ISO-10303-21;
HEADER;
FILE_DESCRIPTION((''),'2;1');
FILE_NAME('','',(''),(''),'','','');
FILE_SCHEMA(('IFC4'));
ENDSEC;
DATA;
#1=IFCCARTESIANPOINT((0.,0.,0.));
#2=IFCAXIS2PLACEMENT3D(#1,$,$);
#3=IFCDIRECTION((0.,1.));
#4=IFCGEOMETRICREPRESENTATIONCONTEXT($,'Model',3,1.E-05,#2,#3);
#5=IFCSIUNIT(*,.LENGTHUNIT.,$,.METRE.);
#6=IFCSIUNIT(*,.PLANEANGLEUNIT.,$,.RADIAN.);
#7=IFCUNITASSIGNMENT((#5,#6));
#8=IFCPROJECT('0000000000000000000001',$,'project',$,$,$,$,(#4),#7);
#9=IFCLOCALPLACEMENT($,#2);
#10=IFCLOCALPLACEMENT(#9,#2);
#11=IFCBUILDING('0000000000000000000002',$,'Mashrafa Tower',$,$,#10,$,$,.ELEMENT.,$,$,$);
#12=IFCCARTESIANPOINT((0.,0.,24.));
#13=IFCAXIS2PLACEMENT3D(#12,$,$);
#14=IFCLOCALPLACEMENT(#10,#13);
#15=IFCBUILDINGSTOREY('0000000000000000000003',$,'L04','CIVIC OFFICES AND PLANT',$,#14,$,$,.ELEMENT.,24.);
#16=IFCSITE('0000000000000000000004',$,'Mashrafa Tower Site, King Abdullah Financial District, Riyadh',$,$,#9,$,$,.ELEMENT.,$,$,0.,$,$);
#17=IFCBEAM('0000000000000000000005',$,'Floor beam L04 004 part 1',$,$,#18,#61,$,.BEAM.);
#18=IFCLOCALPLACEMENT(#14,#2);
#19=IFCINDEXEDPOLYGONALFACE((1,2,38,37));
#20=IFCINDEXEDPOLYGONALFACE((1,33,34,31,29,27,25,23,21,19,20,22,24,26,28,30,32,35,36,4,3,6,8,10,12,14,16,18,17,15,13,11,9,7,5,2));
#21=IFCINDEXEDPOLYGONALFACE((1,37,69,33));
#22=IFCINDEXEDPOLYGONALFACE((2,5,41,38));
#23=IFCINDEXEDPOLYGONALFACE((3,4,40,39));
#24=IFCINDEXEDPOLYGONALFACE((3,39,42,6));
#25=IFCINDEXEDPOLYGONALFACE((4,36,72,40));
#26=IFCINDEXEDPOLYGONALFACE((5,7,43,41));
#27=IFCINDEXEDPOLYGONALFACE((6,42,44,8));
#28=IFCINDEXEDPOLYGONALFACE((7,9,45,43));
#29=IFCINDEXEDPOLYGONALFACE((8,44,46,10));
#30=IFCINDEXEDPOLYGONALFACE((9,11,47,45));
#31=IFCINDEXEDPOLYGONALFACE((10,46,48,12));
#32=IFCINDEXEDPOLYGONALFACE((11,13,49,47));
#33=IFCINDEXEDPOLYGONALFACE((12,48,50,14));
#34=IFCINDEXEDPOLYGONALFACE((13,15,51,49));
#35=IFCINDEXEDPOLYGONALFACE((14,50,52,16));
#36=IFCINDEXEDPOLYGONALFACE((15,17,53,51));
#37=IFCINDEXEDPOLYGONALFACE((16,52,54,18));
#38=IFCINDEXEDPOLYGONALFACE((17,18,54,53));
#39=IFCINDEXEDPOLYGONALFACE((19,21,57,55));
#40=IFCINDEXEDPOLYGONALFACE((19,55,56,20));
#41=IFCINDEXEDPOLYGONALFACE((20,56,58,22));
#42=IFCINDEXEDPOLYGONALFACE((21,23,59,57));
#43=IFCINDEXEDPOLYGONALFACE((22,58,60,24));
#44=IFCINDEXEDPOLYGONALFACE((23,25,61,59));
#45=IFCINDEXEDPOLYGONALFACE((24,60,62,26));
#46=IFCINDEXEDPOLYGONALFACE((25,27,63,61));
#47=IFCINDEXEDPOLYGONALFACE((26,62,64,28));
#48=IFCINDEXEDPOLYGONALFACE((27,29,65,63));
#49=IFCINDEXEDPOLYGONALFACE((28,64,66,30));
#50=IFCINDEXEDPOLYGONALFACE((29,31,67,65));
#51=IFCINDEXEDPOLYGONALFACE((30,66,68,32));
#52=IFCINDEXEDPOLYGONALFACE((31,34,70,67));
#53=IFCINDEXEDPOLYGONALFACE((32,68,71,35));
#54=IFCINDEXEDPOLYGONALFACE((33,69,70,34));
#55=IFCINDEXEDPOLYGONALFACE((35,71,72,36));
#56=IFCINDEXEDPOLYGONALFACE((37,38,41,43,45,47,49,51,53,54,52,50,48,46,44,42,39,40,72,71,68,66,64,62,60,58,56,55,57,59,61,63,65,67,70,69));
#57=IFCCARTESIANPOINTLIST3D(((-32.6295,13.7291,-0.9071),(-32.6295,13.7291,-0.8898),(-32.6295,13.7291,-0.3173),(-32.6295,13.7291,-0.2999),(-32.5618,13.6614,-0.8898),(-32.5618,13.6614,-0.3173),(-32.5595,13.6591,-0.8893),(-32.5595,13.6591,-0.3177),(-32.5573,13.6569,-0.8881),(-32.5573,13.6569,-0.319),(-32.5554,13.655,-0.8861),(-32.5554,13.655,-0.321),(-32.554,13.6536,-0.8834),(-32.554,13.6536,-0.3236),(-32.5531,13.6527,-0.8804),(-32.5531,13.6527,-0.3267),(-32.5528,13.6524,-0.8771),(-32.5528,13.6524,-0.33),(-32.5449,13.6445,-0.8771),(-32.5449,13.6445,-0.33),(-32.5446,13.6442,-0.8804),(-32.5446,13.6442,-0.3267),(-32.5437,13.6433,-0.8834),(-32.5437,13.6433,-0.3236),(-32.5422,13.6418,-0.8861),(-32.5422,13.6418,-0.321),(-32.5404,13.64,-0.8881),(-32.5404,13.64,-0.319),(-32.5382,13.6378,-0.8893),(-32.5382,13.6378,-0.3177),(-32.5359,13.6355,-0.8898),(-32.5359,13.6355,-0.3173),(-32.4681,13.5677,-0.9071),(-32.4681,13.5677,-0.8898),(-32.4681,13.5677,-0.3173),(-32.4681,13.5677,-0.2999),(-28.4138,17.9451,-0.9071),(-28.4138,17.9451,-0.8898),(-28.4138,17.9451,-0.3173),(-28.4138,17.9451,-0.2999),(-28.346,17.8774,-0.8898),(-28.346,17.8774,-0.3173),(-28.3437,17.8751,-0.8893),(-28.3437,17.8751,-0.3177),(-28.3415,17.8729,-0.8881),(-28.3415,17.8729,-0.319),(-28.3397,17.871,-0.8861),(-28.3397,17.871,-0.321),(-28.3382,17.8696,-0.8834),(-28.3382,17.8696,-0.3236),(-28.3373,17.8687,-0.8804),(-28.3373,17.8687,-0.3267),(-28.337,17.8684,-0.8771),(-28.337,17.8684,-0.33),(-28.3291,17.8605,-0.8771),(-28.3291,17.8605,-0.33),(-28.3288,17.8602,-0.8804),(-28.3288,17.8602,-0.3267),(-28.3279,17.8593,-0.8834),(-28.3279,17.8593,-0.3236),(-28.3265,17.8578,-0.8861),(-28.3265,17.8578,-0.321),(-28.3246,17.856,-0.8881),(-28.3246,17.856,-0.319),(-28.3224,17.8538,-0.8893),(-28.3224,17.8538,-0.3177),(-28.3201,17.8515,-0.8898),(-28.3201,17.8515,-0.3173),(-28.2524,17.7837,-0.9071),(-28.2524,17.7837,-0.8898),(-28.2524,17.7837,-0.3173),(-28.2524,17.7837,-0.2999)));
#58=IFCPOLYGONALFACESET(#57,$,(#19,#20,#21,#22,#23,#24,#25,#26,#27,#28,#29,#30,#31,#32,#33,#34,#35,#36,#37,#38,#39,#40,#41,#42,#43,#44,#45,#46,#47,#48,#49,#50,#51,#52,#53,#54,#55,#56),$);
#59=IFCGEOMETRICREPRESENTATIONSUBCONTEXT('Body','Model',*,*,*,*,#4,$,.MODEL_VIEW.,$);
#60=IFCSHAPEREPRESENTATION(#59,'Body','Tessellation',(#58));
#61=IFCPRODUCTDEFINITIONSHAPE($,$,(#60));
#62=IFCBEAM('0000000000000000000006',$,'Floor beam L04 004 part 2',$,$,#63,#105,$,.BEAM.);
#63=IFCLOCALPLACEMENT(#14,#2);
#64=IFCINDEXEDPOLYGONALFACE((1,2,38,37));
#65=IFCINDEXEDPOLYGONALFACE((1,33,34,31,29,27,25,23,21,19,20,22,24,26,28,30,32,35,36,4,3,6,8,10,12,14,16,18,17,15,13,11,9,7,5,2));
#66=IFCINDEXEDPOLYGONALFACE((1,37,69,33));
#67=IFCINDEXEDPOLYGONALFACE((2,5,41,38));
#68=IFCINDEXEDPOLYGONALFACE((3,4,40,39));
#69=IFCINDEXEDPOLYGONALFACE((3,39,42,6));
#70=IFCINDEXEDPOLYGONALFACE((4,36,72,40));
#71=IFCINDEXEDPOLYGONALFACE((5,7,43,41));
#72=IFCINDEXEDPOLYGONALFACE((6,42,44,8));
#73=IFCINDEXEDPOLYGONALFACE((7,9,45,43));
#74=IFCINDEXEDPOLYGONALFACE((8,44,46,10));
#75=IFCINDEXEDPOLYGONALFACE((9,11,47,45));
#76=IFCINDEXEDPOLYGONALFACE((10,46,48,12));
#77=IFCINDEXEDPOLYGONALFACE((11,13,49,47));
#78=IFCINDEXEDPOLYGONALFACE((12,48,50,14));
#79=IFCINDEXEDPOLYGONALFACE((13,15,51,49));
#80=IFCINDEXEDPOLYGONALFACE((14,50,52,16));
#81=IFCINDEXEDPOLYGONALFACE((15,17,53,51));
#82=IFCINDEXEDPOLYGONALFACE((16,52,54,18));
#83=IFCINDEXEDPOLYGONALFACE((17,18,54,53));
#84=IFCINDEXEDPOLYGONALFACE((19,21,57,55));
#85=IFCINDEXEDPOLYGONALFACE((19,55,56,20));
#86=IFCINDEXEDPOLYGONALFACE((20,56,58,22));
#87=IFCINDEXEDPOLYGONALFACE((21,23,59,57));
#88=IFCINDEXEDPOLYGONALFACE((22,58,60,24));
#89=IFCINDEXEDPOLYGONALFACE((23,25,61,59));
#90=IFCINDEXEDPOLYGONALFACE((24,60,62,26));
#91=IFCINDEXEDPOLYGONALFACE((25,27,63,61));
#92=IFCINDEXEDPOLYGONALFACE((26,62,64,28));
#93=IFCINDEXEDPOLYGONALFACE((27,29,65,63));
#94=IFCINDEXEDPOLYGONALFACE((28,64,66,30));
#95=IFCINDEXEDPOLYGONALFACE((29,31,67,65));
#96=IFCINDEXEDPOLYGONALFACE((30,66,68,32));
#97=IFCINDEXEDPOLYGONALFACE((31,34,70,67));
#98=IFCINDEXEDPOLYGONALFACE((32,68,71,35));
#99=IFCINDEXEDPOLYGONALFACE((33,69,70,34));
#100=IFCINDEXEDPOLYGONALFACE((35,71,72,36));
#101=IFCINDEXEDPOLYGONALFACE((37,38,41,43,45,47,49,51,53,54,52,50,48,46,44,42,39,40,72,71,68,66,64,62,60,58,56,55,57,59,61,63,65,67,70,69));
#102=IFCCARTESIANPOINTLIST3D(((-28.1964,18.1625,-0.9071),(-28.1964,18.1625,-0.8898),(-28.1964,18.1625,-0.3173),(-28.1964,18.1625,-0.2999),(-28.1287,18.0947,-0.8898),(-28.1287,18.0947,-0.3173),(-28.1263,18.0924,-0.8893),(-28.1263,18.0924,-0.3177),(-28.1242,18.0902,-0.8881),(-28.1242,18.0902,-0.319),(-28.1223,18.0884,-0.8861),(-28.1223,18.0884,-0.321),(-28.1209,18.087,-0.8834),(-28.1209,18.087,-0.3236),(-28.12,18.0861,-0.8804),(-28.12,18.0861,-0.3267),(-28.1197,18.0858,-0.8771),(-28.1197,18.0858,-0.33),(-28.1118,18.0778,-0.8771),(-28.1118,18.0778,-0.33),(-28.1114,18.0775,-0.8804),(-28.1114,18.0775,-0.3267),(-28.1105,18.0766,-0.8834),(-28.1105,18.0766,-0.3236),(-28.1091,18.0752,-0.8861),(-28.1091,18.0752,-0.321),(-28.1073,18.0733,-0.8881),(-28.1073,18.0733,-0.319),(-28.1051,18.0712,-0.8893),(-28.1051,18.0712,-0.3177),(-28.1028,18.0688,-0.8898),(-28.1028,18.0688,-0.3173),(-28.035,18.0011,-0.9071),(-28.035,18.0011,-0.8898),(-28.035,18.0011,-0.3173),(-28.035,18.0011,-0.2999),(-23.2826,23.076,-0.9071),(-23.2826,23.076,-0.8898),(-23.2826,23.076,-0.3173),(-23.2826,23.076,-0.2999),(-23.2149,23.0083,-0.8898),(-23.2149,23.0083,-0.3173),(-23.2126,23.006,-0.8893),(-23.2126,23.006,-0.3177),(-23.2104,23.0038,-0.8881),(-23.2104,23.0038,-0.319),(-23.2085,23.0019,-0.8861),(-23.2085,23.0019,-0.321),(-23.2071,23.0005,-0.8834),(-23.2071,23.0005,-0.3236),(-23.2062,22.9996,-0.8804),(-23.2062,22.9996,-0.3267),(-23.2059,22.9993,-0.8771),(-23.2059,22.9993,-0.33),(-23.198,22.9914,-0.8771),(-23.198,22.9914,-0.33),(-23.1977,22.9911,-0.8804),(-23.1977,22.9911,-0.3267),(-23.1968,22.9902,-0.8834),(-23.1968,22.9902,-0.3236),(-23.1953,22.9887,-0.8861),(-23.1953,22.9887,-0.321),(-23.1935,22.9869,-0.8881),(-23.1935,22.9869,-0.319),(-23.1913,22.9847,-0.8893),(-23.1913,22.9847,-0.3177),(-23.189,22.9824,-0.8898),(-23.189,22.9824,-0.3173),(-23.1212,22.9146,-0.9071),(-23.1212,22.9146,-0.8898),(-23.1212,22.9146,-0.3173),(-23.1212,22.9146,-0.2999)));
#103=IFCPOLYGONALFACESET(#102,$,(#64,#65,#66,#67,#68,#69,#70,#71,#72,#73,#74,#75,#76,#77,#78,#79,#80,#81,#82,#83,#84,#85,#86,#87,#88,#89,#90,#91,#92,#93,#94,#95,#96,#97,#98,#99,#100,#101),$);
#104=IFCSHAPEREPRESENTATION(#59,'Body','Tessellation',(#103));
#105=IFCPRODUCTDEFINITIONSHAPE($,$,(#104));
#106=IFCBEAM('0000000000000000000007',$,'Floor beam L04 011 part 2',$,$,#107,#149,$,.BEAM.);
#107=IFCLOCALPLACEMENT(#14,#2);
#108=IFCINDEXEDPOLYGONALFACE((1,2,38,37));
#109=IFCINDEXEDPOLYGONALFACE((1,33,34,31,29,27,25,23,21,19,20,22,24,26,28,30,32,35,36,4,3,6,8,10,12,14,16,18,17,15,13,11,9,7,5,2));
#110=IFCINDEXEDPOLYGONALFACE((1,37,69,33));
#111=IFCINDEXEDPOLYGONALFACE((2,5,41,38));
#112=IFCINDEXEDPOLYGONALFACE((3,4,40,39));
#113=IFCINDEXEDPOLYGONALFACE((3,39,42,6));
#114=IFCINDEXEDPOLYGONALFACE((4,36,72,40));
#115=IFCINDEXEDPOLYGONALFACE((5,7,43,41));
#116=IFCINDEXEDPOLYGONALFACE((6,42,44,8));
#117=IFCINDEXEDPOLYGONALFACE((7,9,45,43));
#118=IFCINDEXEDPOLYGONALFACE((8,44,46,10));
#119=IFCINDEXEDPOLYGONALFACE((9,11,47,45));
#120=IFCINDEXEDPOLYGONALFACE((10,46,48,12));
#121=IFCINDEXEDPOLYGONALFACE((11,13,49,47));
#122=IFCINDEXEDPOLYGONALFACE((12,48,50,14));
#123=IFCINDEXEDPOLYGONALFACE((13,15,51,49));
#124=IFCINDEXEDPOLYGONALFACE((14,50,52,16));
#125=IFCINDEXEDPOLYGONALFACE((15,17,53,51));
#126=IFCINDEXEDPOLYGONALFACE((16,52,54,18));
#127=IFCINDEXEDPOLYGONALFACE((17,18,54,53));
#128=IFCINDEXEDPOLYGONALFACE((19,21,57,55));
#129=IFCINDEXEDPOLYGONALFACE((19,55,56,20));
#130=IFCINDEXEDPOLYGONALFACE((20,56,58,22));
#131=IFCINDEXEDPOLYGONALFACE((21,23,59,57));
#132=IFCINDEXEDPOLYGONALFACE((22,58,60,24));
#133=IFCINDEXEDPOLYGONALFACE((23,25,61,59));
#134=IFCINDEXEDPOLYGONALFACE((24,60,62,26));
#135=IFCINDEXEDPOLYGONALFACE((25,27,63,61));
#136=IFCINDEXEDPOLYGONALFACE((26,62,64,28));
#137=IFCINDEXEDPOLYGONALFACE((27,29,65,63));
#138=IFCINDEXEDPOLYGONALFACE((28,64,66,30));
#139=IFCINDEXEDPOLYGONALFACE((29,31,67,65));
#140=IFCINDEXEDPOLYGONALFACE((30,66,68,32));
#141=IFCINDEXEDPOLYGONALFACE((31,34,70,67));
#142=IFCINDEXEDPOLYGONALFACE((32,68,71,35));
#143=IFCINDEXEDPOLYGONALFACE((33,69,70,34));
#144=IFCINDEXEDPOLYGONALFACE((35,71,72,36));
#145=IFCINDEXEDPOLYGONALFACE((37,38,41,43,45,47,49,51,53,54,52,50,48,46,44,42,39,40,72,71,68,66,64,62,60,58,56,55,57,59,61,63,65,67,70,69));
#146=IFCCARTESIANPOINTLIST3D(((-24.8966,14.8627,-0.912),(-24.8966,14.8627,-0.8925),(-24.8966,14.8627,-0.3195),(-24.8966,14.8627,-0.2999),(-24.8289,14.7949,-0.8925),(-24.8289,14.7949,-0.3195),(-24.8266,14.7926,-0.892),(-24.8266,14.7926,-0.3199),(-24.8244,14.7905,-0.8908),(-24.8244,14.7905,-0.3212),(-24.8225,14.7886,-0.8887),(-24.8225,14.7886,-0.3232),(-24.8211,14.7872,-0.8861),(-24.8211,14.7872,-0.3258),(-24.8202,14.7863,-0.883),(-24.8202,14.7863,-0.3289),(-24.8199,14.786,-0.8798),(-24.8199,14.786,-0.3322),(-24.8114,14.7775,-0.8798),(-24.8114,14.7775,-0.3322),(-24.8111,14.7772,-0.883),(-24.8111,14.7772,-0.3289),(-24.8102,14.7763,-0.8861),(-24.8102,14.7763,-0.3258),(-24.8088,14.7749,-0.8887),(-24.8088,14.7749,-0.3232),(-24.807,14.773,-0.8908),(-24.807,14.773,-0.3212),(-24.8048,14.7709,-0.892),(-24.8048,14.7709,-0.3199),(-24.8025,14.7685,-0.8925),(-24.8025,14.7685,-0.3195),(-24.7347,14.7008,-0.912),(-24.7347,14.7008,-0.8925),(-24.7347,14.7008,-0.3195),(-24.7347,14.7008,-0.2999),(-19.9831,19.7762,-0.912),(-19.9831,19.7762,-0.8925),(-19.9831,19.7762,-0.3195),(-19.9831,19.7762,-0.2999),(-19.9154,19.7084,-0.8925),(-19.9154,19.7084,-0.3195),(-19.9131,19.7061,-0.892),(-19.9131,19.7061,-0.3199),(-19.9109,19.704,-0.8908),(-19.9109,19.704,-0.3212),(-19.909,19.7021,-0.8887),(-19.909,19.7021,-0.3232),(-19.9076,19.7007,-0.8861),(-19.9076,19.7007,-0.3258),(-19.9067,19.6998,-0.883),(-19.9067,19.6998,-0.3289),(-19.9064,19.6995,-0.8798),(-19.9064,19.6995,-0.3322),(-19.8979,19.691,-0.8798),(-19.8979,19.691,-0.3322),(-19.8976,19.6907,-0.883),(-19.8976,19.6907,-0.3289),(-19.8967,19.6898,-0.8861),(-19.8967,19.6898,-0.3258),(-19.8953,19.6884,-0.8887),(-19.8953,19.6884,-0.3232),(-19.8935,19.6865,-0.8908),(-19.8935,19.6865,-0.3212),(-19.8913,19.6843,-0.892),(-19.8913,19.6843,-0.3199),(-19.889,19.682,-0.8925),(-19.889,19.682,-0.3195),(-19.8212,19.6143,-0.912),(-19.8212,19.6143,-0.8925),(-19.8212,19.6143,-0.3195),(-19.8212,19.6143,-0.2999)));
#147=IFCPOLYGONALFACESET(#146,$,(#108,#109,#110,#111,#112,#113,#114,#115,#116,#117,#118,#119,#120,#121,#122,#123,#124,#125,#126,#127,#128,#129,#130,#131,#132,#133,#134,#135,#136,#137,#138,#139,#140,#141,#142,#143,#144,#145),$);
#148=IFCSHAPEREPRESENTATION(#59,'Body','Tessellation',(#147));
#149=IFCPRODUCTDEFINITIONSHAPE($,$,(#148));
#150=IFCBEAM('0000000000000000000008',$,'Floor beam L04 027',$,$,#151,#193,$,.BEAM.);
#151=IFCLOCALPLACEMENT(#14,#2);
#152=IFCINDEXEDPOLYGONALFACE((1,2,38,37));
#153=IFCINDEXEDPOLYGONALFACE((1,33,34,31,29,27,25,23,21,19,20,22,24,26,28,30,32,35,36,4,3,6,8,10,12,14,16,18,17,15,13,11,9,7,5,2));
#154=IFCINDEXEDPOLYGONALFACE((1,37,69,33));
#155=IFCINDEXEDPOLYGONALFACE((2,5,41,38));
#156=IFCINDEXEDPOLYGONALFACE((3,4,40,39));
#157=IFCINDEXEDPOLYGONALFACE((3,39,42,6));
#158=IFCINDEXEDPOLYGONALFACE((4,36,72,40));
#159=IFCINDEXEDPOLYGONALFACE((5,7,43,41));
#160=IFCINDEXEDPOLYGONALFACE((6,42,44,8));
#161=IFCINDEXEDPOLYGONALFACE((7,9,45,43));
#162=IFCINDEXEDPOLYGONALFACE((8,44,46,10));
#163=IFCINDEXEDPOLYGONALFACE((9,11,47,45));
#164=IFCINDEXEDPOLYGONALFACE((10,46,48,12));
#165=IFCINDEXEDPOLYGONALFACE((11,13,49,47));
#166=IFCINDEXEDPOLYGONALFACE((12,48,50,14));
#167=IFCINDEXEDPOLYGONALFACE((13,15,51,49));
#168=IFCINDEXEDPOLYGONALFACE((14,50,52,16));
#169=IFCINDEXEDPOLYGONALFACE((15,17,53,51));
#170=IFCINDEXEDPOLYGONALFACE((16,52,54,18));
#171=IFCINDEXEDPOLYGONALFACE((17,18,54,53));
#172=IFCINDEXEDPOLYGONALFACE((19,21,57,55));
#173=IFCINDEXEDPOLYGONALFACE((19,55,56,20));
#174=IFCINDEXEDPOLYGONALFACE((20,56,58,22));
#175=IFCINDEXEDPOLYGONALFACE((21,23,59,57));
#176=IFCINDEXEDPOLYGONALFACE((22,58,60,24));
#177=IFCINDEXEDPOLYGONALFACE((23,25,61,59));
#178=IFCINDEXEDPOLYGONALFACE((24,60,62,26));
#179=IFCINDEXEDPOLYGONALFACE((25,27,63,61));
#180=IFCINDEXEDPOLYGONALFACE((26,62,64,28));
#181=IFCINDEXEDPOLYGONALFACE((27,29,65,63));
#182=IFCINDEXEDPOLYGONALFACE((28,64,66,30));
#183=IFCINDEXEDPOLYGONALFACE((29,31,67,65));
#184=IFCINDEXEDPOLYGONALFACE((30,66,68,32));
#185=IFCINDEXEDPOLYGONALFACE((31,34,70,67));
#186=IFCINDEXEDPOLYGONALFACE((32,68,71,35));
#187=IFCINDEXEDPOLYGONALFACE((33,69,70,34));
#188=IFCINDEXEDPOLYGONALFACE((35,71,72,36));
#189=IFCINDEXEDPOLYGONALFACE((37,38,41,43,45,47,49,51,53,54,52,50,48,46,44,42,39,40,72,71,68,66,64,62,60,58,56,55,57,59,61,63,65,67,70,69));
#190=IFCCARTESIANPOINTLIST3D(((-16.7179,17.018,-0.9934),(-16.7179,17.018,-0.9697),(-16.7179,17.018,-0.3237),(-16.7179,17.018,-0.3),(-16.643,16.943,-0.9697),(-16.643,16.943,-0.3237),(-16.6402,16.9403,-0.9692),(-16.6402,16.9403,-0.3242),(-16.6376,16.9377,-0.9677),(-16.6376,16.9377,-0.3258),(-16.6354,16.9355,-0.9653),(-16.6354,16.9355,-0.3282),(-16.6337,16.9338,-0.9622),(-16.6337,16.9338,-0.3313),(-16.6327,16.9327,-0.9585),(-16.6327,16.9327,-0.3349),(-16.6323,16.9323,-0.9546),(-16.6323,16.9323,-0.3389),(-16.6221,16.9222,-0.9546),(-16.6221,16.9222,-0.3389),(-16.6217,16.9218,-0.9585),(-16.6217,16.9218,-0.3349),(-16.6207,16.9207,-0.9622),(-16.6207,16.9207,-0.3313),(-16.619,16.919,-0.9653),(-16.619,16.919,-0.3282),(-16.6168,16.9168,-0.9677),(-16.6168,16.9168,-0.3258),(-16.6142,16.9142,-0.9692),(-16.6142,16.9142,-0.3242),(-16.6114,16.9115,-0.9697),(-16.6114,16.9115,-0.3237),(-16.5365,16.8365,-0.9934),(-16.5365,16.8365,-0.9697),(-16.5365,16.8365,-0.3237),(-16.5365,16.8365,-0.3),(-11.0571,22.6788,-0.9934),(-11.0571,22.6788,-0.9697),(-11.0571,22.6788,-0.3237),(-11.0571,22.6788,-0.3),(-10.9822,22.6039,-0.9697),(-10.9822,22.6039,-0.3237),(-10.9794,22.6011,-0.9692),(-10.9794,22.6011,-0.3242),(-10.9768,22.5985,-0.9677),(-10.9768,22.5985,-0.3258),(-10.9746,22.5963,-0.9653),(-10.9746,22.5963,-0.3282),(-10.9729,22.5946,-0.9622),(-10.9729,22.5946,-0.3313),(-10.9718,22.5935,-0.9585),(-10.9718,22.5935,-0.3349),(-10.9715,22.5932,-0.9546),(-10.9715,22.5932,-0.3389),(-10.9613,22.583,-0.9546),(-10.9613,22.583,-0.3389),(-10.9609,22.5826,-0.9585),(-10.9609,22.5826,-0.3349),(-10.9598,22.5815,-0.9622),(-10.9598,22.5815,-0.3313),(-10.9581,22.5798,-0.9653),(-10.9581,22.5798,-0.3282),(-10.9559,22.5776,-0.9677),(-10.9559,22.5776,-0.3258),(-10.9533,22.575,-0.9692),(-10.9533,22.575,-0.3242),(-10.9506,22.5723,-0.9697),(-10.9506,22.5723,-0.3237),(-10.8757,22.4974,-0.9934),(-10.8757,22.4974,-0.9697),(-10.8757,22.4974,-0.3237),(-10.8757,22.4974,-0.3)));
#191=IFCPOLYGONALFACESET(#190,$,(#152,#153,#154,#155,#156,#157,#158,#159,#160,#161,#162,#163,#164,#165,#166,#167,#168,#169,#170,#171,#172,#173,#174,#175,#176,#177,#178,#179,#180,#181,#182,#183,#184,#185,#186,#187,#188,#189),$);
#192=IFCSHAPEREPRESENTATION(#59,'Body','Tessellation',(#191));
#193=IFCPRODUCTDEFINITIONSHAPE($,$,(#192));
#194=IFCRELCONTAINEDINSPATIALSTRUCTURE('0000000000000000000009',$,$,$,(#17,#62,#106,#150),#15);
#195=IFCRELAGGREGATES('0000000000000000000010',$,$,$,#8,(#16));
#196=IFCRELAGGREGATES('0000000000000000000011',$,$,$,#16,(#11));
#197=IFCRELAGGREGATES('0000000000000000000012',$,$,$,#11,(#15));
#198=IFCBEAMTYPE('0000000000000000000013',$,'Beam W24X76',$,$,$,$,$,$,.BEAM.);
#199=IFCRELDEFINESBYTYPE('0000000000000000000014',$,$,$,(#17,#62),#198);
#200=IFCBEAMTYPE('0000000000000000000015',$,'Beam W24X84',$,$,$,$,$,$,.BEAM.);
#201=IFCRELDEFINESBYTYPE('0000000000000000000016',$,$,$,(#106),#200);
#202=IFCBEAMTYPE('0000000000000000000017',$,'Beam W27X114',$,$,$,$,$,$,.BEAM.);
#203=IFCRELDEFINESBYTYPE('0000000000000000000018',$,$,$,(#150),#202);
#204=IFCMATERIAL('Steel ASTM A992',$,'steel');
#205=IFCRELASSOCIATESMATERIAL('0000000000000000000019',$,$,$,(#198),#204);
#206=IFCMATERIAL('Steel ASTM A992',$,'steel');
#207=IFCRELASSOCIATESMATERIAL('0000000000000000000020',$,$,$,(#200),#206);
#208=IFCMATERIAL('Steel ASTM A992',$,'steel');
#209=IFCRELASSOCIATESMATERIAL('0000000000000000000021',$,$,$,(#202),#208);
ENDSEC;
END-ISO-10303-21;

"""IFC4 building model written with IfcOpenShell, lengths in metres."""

from ifc_helpers import new_model, si_unit, direction, frame, origin, origin_2d, place, context, subcontext, project, spatial, i_section, extrude, material, material_profile, profile_set, type_object, element, save


model = new_model("IFC4")

# Units and contexts
model_context = context("Model", 3, precision=1e-05, world=origin(), true_north=direction((0.0, 1.0)))
body_context = subcontext(model_context, "Body", "Model", "MODEL_VIEW")
ifc_project = project(units=[si_unit("LENGTHUNIT", "METRE"), si_unit("PLANEANGLEUNIT", "RADIAN")], contexts=[model_context])

# Site, building, storey
site_placement = place(None, origin())
site = spatial("IfcSite", under=ifc_project, at=site_placement, Name="Mashrafa Tower Site, King Abdullah Financial District, Riyadh", CompositionType="ELEMENT", RefElevation=0.0)
building_placement = place(site_placement, origin())
building = spatial("IfcBuilding", under=site, at=building_placement, Name="Mashrafa Tower", CompositionType="ELEMENT")
storey_placement = place(building_placement, frame((0.0, 0.0, 24.0)))
storey = spatial("IfcBuildingStorey", under=building, at=storey_placement, Name="L04", Description="CIVIC OFFICES AND PLANT", CompositionType="ELEMENT", Elevation=24.0)

# Beams
ifc_material_1 = material(Name="Steel ASTM A992", Category="steel")
ifc_material_profile_1 = material_profile(ifc_material_1, i_section(OverallWidth=0.2283, OverallDepth=0.6072, WebThickness=0.0112, FlangeThickness=0.0173, FilletRadius=0.0127, at=origin_2d()), Name="W24X76")
ifc_profile_set_1 = profile_set([ifc_material_profile_1], Name="Steel ASTM A992")
beam_type_1 = type_object("IfcBeamType", Name="Beam W24X76", PredefinedType="BEAM", material=ifc_profile_set_1)
beam_1_placement = place(storey_placement, frame((-32.5488, 13.6484, -0.6035), z_axis=(0.707086, 0.707127, 0.0), x_axis=(-0.707127, 0.707086, 0.0)))
element("IfcBeam", 1, at=beam_1_placement, inside=storey, type_object=beam_type_1, Name="Floor beam L04 004 part 1", PredefinedType="BEAM", context=body_context, shape_type="SweptSolid", body=[
    extrude(i_section(OverallWidth=0.2283, OverallDepth=0.6072, WebThickness=0.0112, FlangeThickness=0.0173, FilletRadius=0.0127, at=origin_2d()), origin(), (0.0, 0.0, 1.0), 5.9622),
])
beam_2_placement = place(storey_placement, frame((-28.1157, 18.0818, -0.6035), z_axis=(0.707124, 0.707089, 0.0), x_axis=(-0.707089, 0.707124, 0.0)))
element("IfcBeam", 2, at=beam_2_placement, inside=storey, type_object=beam_type_1, Name="Floor beam L04 004 part 2", PredefinedType="BEAM", context=body_context, shape_type="SweptSolid", body=[
    extrude(i_section(OverallWidth=0.2283, OverallDepth=0.6072, WebThickness=0.0112, FlangeThickness=0.0173, FilletRadius=0.0127, at=origin_2d()), origin(), (0.0, 0.0, 1.0), 6.949),
])
ifc_material_2 = material(Name="Steel ASTM A992", Category="steel")
ifc_material_profile_2 = material_profile(ifc_material_2, i_section(OverallWidth=0.229, OverallDepth=0.6121, WebThickness=0.012, FlangeThickness=0.0195, FilletRadius=0.0127, at=origin_2d()), Name="W24X84")
ifc_profile_set_2 = profile_set([ifc_material_profile_2], Name="Steel ASTM A992")
beam_type_2 = type_object("IfcBeamType", Name="Beam W24X84", PredefinedType="BEAM", material=ifc_profile_set_2)
beam_3_placement = place(storey_placement, frame((-24.8157, 14.7817, -0.606), z_axis=(0.707107, 0.707107, 0.0), x_axis=(-0.707107, 0.707107, 0.0)))
element("IfcBeam", 3, at=beam_3_placement, inside=storey, type_object=beam_type_2, Name="Floor beam L04 011 part 2", PredefinedType="BEAM", context=body_context, shape_type="SweptSolid", body=[
    extrude(i_section(OverallWidth=0.229, OverallDepth=0.6121, WebThickness=0.012, FlangeThickness=0.0195, FilletRadius=0.0127, at=origin_2d()), origin(), (0.0, 0.0, 1.0), 6.9487),
])
ifc_material_3 = material(Name="Steel ASTM A992", Category="steel")
ifc_material_profile_3 = material_profile(ifc_material_3, i_section(OverallWidth=0.2566, OverallDepth=0.6934, WebThickness=0.0144, FlangeThickness=0.0237, FilletRadius=0.0151, at=origin_2d()), Name="W27X114")
ifc_profile_set_3 = profile_set([ifc_material_profile_3], Name="Steel ASTM A992")
beam_type_3 = type_object("IfcBeamType", Name="Beam W27X114", PredefinedType="BEAM", material=ifc_profile_set_3)
beam_4_placement = place(storey_placement, frame((-16.6272, 16.9272, -0.6467), z_axis=(0.707107, 0.707107, 0.0), x_axis=(-0.707107, 0.707107, 0.0)))
element("IfcBeam", 4, at=beam_4_placement, inside=storey, type_object=beam_type_3, Name="Floor beam L04 027", PredefinedType="BEAM", context=body_context, shape_type="SweptSolid", body=[
    extrude(i_section(OverallWidth=0.2566, OverallDepth=0.6934, WebThickness=0.0144, FlangeThickness=0.0237, FilletRadius=0.0151, at=origin_2d()), origin(), (0.0, 0.0, 1.0), 8.0056),
])

save(model, "model.ifc")
